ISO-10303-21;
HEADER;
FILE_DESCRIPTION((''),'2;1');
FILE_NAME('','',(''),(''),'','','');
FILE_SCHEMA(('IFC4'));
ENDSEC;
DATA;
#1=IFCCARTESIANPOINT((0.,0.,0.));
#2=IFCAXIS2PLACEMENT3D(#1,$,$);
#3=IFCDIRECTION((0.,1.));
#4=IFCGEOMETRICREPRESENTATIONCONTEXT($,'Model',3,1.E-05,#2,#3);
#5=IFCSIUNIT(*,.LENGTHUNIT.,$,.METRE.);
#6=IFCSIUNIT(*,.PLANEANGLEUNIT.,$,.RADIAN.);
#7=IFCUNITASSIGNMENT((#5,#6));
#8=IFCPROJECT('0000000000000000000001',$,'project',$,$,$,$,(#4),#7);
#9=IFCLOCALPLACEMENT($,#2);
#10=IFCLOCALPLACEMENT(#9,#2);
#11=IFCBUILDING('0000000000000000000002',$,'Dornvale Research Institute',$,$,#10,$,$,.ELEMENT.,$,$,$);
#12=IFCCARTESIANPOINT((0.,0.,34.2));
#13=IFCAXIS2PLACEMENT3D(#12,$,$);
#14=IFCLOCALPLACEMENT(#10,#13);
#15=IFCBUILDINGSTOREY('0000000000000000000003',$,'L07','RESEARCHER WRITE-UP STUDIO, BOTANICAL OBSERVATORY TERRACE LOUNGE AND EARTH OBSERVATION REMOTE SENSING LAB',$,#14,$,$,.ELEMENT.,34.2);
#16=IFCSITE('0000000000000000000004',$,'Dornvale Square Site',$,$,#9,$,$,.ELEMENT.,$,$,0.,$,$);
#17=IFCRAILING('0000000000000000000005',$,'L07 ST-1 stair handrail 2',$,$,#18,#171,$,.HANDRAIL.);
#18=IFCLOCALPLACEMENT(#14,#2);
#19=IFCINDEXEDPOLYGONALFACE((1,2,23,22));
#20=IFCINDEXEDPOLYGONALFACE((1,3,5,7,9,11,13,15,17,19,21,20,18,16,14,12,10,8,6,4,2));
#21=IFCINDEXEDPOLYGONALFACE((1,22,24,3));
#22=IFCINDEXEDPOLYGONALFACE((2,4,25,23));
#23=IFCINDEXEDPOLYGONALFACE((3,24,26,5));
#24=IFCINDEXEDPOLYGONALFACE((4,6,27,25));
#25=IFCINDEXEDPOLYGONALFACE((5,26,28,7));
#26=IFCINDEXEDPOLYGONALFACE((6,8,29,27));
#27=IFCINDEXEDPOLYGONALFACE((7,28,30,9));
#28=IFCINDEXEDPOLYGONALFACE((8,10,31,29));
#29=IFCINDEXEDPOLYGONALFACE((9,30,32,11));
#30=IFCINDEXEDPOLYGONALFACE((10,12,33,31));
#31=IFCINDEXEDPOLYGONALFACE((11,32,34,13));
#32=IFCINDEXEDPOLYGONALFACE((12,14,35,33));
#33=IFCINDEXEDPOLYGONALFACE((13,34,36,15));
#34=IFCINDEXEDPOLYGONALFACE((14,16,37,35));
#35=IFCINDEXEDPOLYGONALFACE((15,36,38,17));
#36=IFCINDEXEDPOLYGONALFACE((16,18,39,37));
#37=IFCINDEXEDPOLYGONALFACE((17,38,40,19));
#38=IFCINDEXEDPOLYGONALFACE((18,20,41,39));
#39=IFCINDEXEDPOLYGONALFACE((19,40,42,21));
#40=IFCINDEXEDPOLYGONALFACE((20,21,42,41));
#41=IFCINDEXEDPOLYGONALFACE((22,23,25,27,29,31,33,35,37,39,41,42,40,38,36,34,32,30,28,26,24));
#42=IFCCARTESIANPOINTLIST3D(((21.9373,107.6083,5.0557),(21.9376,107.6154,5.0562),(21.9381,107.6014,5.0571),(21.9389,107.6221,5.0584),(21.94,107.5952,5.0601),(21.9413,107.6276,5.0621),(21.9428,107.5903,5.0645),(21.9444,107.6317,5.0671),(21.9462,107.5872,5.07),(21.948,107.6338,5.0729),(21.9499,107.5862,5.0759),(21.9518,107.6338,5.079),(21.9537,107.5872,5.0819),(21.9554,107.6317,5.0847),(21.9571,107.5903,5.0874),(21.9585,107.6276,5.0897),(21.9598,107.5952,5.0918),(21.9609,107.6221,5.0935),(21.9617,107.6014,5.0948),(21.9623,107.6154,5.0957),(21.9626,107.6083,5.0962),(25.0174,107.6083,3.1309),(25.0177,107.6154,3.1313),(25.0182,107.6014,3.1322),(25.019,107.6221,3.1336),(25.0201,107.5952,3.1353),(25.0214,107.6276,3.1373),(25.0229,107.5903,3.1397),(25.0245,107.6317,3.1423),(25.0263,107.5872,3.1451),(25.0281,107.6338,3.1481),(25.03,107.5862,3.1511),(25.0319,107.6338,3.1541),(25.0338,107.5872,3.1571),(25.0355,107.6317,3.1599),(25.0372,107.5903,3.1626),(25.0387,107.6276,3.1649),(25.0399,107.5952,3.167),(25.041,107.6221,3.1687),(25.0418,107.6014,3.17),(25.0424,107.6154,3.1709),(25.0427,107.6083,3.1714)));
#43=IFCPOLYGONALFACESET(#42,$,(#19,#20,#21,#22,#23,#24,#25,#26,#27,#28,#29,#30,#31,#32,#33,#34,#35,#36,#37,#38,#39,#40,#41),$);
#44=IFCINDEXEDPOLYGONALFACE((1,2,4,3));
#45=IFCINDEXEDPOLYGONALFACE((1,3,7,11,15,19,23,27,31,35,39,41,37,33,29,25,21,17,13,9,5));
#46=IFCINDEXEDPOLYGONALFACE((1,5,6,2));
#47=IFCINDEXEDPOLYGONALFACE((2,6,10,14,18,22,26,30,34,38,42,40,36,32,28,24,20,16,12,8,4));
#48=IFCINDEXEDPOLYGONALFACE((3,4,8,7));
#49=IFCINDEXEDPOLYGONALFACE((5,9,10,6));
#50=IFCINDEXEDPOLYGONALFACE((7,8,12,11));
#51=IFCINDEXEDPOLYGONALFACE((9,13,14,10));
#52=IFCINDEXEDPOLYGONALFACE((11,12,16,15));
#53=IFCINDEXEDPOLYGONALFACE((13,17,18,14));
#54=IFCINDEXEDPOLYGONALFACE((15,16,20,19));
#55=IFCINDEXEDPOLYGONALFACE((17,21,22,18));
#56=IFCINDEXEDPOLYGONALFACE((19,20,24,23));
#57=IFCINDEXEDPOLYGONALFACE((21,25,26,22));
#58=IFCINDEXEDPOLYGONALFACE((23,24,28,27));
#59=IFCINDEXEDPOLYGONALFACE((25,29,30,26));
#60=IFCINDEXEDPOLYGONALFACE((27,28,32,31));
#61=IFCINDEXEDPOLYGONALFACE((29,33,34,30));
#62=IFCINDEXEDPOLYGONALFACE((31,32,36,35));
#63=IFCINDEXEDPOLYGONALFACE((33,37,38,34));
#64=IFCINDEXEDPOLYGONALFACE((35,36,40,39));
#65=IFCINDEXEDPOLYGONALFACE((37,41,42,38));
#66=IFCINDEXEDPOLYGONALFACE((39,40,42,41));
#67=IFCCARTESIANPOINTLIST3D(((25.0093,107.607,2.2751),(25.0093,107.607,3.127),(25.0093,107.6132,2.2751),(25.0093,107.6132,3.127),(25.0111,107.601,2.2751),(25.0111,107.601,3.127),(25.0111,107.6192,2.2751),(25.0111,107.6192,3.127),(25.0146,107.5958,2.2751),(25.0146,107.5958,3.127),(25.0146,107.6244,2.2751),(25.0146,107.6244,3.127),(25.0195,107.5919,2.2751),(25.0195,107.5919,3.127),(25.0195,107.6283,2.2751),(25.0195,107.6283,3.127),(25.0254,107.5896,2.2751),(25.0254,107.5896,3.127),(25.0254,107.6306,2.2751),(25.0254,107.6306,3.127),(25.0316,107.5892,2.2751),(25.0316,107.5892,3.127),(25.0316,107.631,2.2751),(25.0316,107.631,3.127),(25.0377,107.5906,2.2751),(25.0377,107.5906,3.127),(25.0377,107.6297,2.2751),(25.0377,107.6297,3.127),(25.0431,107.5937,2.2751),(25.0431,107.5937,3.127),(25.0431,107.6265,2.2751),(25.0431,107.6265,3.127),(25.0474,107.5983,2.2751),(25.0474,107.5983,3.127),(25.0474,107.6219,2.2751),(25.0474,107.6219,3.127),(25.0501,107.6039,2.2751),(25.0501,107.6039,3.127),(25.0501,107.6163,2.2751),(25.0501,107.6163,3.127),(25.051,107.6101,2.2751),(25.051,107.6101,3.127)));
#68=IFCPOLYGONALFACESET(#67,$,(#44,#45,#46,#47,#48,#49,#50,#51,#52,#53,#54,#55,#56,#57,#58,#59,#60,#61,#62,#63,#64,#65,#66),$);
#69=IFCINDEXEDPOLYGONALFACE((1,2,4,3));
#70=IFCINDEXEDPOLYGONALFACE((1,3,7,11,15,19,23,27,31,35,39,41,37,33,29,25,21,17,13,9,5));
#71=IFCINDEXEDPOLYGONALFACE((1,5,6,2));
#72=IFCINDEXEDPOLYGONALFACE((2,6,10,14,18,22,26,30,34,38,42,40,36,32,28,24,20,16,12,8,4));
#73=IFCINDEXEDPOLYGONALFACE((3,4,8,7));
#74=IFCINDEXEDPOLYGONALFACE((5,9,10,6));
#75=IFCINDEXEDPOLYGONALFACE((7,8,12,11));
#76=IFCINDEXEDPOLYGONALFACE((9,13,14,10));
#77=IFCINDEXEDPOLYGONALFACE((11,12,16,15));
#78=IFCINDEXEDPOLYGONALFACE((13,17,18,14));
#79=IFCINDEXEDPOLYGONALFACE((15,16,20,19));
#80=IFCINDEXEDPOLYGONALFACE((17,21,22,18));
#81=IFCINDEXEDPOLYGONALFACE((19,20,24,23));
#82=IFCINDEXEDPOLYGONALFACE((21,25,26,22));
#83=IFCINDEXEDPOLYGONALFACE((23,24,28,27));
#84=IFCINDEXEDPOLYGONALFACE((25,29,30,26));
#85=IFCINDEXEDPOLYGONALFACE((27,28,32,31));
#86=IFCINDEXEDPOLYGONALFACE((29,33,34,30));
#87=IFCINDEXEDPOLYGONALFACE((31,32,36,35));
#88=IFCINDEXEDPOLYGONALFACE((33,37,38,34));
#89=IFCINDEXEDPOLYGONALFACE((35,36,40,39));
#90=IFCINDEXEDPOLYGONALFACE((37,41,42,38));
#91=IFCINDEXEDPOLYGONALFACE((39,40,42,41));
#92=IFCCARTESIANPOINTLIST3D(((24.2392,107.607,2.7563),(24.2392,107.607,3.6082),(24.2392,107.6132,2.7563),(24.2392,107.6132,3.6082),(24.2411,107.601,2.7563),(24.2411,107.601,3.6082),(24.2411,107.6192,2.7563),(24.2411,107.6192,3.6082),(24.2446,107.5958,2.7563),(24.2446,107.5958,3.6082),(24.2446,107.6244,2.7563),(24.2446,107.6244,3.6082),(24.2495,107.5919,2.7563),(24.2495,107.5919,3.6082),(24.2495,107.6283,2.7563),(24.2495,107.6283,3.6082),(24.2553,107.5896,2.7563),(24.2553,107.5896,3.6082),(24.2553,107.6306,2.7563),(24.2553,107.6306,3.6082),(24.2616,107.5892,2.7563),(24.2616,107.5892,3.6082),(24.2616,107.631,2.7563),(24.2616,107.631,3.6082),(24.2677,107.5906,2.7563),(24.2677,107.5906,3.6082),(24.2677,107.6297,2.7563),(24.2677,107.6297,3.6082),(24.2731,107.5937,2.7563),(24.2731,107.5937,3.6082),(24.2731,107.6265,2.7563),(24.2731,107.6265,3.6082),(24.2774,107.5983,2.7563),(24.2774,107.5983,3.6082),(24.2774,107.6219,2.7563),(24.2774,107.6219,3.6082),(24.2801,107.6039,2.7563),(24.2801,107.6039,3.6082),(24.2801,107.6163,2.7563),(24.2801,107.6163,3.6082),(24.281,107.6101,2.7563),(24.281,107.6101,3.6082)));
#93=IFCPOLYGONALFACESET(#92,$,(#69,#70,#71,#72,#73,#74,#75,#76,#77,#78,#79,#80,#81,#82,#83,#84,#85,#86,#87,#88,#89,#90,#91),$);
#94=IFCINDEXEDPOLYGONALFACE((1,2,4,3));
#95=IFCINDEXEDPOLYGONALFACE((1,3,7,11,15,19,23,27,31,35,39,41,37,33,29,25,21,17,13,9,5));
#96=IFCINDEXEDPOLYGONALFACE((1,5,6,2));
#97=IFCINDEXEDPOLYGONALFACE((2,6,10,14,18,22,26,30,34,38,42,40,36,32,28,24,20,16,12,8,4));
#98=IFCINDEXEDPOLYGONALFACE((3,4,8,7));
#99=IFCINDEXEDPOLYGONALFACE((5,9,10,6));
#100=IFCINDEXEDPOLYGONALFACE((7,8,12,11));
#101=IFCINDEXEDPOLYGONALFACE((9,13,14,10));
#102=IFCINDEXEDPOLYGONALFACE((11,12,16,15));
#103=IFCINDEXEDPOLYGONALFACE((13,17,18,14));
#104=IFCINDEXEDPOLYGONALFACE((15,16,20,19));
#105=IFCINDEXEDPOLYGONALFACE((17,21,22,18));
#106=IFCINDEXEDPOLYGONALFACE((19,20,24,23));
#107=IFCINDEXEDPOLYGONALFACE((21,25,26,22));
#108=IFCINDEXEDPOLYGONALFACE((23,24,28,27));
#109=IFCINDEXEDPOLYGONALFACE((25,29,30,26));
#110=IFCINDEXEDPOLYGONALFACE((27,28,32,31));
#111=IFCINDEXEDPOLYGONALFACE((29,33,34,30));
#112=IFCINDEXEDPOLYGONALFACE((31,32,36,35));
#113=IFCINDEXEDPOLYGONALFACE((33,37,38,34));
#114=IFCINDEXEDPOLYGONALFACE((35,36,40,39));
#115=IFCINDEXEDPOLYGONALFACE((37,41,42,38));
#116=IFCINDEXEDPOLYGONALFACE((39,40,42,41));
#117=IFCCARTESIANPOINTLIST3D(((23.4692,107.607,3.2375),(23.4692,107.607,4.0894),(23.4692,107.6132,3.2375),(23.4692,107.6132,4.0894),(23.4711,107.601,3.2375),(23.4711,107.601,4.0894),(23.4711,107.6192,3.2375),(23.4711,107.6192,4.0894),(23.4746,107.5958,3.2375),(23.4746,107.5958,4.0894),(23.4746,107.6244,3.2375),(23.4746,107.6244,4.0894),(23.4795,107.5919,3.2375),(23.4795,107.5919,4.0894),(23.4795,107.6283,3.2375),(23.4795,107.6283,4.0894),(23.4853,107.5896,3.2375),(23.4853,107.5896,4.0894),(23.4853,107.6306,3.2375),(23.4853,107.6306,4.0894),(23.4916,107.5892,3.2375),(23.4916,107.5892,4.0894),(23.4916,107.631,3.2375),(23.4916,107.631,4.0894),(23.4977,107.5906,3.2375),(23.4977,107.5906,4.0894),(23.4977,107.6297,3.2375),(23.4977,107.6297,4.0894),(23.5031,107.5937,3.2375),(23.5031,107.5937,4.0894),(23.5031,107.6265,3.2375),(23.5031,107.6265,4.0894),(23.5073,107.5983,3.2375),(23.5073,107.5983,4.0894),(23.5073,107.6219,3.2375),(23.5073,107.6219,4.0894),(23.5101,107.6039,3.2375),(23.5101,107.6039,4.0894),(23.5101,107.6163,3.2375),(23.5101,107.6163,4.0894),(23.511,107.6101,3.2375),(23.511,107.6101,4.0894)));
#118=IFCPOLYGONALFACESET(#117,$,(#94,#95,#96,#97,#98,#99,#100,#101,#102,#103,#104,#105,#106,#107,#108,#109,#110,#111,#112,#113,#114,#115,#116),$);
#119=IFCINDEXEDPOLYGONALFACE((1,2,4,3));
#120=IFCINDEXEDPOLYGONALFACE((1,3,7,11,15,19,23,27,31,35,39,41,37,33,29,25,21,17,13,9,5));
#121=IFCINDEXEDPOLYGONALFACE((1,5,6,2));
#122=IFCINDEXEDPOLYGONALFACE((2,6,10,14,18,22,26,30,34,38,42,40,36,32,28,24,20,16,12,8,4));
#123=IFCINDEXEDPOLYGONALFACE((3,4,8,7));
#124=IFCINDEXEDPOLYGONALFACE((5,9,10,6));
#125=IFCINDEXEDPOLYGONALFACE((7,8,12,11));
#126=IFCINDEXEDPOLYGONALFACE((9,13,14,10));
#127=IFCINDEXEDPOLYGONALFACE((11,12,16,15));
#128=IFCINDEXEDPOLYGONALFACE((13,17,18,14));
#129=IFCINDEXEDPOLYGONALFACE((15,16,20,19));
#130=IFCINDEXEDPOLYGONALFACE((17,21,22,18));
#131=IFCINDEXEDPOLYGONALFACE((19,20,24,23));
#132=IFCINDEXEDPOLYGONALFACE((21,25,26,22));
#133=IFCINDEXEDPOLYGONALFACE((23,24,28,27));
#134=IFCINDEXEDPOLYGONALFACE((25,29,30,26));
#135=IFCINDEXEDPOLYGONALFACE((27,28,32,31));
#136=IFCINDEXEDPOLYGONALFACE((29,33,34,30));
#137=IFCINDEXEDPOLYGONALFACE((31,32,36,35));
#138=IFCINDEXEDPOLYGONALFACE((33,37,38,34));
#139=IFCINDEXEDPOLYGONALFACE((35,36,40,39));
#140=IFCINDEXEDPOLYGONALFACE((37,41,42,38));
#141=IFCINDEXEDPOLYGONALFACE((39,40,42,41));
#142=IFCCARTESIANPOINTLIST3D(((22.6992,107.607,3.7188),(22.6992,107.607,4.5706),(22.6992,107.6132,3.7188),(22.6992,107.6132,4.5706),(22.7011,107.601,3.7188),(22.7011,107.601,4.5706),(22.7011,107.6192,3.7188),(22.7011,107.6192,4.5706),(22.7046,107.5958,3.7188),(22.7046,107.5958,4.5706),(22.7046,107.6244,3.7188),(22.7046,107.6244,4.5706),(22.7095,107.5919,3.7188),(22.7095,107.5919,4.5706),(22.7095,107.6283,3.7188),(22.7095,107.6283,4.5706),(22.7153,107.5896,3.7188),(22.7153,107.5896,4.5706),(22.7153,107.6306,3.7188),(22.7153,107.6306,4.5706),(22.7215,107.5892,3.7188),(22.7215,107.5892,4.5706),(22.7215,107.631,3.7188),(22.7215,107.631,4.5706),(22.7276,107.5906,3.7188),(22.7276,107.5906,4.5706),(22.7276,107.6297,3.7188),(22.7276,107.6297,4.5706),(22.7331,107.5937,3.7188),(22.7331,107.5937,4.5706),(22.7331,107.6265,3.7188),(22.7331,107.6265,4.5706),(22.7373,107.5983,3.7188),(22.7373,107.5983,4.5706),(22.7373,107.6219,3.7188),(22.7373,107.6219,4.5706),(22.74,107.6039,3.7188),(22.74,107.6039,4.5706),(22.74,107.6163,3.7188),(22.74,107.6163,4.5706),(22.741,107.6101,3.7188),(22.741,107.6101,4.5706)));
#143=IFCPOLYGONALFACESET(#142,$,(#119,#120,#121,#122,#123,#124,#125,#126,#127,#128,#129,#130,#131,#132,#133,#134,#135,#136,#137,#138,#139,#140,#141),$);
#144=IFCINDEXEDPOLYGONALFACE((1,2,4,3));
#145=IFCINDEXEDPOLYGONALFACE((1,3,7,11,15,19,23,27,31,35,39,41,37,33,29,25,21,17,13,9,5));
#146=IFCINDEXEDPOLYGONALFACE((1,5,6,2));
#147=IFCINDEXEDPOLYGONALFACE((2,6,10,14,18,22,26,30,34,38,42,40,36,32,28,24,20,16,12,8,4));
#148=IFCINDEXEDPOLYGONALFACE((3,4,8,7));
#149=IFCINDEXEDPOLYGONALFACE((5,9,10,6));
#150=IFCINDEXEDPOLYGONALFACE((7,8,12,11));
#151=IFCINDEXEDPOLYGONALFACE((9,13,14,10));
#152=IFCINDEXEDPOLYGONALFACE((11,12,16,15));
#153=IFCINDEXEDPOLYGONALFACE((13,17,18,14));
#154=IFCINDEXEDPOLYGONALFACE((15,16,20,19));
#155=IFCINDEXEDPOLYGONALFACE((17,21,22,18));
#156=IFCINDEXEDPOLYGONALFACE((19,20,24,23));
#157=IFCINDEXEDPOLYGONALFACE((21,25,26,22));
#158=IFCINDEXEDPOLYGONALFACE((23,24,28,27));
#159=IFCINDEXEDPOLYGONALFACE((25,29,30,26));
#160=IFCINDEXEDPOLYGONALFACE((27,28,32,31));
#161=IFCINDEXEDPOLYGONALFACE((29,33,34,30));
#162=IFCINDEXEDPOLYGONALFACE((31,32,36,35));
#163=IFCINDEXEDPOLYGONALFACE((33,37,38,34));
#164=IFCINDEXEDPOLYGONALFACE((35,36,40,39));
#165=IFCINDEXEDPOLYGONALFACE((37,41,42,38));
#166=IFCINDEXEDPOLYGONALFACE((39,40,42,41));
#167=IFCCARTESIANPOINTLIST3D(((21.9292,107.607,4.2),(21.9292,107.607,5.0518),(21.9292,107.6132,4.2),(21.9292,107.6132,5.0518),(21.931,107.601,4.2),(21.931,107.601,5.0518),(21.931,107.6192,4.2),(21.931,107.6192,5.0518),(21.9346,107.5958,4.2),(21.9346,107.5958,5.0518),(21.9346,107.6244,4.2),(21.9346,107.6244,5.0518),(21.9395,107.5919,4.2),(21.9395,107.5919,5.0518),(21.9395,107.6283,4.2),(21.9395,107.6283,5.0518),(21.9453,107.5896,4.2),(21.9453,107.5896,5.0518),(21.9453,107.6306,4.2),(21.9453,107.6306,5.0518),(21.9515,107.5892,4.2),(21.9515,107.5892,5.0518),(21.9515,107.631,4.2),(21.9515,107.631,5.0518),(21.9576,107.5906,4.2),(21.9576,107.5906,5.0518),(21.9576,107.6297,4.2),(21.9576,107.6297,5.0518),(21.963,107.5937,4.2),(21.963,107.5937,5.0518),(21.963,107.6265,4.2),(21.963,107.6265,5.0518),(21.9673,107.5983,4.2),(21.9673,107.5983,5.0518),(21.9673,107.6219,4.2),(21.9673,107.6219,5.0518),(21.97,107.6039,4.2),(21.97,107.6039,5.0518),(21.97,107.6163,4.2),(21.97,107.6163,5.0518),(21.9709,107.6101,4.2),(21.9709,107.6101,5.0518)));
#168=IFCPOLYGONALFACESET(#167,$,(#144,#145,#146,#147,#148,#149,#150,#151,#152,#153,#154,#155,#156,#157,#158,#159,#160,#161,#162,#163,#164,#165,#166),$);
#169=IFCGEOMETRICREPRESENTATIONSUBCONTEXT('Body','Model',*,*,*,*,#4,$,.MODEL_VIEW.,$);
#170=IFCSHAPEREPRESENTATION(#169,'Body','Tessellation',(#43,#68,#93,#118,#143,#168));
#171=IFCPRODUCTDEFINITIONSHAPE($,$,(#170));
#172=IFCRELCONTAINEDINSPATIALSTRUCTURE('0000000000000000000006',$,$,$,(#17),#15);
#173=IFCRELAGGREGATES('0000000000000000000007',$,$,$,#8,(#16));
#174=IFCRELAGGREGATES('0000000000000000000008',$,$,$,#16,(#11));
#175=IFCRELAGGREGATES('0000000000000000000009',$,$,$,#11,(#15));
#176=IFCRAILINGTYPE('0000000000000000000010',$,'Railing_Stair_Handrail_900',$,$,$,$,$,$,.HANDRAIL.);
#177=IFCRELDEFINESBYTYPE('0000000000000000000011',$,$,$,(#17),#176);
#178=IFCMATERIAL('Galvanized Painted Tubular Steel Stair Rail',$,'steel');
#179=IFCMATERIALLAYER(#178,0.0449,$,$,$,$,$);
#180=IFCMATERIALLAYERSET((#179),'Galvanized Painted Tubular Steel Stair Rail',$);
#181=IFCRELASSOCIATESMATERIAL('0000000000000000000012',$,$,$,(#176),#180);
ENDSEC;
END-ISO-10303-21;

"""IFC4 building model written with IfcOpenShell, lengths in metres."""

from ifc_helpers import new_model, si_unit, direction, frame, origin, origin_2d, place, context, subcontext, project, spatial, circle, extrude, material, layer, layer_set, type_object, element, save


model = new_model("IFC4")

# Units and contexts
model_context = context("Model", 3, precision=1e-05, world=origin(), true_north=direction((0.0, 1.0)))
body_context = subcontext(model_context, "Body", "Model", "MODEL_VIEW")
ifc_project = project(units=[si_unit("LENGTHUNIT", "METRE"), si_unit("PLANEANGLEUNIT", "RADIAN")], contexts=[model_context])

# Site, building, storey
site_placement = place(None, origin())
site = spatial("IfcSite", under=ifc_project, at=site_placement, Name="Dornvale Square Site", CompositionType="ELEMENT", RefElevation=0.0)
building_placement = place(site_placement, origin())
building = spatial("IfcBuilding", under=site, at=building_placement, Name="Dornvale Research Institute", CompositionType="ELEMENT")
storey_placement = place(building_placement, frame((0.0, 0.0, 34.2)))
storey = spatial("IfcBuildingStorey", under=building, at=storey_placement, Name="L07", Description="RESEARCHER WRITE-UP STUDIO, BOTANICAL OBSERVATORY TERRACE LOUNGE AND EARTH OBSERVATION REMOTE SENSING LAB", CompositionType="ELEMENT", Elevation=34.2)

# Railing
ifc_material_1 = material(Name="Galvanized Painted Tubular Steel Stair Rail", Category="steel")
ifc_layer_1 = layer(ifc_material_1, 0.0449)
ifc_layer_set_1 = layer_set([ifc_layer_1], Name="Galvanized Painted Tubular Steel Stair Rail")
railing_type_1 = type_object("IfcRailingType", Name="Railing_Stair_Handrail_900", PredefinedType="HANDRAIL", material=ifc_layer_set_1)
railing_1_placement = place(storey_placement, frame((25.03, 107.6101, 2.2751)))
element("IfcRailing", 1, at=railing_1_placement, inside=storey, type_object=railing_type_1, Name="L07 ST-1 stair handrail 2", PredefinedType="HANDRAIL", context=body_context, shape_type="SweptSolid", body=[
    extrude(circle(Radius=0.0239, at=origin_2d()), frame((0.0, 0.0, 0.876), z_axis=(-0.848029, 0.0, 0.529951), x_axis=(0.0, -1.0, 0.0)), (0.0, 0.0, 1.0), 3.6321),
    extrude(circle(Radius=0.021, at=origin_2d()), origin(), (0.0, 0.0, 1.0), 0.8518),
    extrude(circle(Radius=0.021, at=origin_2d()), frame((-0.77, 0.0, 0.4812)), (0.0, 0.0, 1.0), 0.8518),
    extrude(circle(Radius=0.021, at=origin_2d()), frame((-1.54, 0.0, 0.9624)), (0.0, 0.0, 1.0), 0.8518),
    extrude(circle(Radius=0.021, at=origin_2d()), frame((-2.3101, 0.0, 1.4436)), (0.0, 0.0, 1.0), 0.8518),
    extrude(circle(Radius=0.021, at=origin_2d()), frame((-3.0801, 0.0, 1.9248)), (0.0, 0.0, 1.0), 0.8518),
])

save(model, "model.ifc")
